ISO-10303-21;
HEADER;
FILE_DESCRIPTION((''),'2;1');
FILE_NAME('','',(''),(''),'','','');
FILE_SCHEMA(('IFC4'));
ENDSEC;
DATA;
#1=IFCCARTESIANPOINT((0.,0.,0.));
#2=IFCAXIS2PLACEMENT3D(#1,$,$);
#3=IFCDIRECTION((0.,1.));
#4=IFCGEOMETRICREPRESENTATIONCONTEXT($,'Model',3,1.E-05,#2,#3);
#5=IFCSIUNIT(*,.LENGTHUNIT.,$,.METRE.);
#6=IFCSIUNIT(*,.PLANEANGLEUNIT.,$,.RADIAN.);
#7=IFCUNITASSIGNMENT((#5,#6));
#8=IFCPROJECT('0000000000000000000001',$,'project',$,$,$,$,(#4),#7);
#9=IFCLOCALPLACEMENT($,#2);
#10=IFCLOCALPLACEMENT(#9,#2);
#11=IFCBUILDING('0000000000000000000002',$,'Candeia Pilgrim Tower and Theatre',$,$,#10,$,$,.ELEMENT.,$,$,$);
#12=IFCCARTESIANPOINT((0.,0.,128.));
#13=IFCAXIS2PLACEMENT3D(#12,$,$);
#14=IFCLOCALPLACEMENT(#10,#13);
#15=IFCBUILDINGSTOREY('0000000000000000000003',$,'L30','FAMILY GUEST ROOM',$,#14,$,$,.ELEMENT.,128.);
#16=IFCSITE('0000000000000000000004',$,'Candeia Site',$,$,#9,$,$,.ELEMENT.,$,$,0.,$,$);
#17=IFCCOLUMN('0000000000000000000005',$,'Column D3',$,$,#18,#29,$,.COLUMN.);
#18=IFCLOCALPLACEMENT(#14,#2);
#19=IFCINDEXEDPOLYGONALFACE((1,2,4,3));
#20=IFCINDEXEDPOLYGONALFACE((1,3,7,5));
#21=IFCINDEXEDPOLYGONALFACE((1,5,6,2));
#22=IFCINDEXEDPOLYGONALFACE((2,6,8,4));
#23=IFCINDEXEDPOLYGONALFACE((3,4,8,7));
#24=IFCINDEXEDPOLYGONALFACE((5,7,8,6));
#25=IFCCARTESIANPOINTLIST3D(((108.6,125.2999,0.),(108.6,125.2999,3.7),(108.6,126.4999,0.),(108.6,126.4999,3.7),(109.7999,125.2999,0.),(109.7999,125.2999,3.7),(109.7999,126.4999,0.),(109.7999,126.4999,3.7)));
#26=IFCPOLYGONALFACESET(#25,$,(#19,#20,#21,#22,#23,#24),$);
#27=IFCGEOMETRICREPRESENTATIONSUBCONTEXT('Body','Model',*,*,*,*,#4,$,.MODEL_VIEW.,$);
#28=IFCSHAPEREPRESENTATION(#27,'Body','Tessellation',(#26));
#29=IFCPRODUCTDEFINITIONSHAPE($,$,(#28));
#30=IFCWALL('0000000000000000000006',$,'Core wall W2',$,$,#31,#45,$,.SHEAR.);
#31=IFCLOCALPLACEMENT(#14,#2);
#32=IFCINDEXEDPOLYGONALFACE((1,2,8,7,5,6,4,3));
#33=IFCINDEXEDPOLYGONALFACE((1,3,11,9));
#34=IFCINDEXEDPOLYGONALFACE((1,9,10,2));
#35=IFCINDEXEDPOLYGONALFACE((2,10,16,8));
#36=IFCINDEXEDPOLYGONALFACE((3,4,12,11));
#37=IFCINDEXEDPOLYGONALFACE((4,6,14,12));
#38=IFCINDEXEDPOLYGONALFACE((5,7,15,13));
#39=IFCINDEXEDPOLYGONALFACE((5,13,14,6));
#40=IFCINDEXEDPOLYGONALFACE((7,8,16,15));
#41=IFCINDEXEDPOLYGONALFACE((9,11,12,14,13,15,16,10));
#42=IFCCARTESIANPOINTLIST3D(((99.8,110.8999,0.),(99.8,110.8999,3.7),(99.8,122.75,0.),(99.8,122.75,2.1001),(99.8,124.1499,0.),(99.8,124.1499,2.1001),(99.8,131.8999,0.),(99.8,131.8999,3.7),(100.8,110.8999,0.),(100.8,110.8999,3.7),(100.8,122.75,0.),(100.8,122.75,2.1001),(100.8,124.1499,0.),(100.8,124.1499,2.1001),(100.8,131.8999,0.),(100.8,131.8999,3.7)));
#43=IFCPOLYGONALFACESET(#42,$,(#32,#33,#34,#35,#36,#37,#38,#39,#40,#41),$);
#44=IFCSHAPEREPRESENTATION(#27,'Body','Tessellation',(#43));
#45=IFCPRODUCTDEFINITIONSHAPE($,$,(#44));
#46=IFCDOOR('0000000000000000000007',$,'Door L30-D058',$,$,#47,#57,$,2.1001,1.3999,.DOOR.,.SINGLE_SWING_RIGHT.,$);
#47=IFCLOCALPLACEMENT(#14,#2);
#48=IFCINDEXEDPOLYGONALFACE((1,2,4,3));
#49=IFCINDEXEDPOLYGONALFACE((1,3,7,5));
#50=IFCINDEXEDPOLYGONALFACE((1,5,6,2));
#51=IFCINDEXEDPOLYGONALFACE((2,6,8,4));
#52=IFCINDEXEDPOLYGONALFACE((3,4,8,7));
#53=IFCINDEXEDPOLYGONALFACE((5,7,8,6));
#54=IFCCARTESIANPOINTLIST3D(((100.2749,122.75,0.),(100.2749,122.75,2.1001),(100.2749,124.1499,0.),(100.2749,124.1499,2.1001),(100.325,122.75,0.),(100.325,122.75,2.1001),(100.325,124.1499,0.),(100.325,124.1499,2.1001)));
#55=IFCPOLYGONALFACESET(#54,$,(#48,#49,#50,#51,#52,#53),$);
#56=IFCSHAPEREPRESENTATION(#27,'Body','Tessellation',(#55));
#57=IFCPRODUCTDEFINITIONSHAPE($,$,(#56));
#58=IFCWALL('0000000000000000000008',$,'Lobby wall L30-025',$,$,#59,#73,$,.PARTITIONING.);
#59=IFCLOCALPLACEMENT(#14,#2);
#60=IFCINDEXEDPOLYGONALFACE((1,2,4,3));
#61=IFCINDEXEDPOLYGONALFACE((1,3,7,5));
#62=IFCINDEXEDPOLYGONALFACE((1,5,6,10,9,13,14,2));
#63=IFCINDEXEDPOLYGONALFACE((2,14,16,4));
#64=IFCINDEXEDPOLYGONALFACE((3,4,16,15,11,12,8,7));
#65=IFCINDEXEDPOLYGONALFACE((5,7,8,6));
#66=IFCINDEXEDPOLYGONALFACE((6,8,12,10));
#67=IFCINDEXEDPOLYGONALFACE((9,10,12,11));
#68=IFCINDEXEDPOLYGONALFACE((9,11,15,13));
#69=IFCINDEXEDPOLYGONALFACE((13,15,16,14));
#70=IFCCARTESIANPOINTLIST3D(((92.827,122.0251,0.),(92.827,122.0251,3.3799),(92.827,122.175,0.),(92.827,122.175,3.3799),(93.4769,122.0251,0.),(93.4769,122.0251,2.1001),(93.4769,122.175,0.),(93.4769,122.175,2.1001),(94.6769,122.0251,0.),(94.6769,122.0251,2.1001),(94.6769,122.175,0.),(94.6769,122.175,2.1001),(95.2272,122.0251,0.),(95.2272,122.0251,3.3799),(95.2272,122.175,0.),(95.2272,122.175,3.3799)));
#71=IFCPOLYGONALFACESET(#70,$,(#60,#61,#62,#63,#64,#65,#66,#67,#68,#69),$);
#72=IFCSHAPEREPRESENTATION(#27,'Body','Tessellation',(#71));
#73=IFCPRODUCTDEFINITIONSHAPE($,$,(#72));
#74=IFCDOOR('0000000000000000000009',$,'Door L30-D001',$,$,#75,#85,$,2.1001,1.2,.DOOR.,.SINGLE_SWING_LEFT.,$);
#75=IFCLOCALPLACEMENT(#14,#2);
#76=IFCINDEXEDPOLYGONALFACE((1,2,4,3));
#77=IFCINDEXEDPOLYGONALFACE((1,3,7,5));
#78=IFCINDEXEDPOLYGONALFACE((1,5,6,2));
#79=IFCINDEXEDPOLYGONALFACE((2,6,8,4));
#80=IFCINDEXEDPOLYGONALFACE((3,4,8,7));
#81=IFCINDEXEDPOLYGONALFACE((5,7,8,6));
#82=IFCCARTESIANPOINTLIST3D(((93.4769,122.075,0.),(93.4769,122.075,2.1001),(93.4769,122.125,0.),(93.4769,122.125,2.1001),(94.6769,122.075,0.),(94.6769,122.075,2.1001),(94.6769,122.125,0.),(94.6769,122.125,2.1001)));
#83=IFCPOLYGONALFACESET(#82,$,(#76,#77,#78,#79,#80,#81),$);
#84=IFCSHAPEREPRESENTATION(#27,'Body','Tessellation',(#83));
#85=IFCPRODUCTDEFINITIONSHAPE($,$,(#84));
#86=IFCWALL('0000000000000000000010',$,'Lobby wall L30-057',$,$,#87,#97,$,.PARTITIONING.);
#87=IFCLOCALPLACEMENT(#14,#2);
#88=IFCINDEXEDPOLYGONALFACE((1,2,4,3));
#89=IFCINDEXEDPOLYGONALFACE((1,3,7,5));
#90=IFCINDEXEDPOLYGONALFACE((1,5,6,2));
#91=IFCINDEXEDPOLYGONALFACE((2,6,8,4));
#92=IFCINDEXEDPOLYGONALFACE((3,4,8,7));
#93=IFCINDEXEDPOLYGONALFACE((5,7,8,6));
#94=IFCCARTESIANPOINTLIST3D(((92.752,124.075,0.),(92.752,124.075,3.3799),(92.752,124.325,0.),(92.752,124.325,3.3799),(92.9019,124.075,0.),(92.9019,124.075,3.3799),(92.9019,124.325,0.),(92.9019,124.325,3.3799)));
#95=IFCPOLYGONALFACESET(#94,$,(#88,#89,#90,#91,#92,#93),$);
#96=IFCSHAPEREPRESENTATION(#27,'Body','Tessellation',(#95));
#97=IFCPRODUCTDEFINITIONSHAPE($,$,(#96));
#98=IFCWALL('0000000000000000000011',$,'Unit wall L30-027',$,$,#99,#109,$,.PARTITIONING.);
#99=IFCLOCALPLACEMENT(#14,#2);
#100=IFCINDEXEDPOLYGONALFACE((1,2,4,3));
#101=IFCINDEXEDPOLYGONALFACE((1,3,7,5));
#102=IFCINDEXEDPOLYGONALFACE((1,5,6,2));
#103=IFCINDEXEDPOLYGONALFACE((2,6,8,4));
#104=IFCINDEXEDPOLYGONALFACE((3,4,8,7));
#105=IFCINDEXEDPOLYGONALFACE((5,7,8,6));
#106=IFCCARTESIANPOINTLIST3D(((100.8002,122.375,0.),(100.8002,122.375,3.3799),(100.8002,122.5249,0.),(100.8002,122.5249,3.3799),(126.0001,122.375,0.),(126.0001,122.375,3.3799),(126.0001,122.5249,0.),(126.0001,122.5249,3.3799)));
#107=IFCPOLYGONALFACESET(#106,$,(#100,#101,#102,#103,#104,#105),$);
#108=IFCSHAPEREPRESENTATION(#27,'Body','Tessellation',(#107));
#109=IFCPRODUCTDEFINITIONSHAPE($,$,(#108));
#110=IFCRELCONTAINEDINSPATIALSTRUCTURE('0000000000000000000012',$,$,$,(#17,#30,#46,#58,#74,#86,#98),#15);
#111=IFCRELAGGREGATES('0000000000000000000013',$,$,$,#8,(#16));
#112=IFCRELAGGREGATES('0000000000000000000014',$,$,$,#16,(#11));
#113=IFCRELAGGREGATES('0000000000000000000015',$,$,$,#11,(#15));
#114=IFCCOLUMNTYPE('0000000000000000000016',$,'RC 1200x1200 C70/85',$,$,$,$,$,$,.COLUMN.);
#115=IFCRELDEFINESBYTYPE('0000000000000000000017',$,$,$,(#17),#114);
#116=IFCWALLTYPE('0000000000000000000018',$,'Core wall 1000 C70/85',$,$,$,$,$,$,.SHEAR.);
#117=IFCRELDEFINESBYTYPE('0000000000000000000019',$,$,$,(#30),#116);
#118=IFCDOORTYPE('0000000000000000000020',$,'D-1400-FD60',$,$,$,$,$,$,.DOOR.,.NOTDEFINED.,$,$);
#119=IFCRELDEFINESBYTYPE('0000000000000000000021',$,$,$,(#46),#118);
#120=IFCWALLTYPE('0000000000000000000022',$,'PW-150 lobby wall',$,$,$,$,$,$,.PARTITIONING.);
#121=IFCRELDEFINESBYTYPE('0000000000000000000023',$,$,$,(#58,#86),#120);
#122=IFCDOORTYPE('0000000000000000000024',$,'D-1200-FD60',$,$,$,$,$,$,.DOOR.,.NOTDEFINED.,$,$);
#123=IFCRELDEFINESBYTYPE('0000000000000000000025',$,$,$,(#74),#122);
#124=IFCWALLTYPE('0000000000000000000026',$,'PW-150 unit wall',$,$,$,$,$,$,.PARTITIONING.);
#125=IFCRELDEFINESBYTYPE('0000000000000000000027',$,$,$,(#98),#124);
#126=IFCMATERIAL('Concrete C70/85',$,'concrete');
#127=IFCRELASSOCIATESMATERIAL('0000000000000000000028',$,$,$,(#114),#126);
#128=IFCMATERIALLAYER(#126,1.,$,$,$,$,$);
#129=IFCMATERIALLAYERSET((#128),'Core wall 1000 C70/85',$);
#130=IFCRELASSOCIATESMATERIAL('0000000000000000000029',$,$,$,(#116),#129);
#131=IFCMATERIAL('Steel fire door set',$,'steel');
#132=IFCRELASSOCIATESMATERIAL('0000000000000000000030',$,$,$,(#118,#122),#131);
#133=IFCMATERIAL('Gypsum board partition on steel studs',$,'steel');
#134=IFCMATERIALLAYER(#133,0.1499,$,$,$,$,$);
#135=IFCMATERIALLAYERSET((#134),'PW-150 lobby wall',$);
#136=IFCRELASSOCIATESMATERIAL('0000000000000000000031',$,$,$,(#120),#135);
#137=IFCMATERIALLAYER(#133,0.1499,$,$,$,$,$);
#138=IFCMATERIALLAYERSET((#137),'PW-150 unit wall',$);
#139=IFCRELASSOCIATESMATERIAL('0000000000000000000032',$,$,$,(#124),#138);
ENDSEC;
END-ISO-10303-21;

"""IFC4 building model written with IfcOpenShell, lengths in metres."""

from ifc_helpers import new_model, si_unit, direction, frame, frame_2d, origin, origin_2d, place, context, subcontext, project, spatial, rectangle, extrude, material, layer, layer_set, material_profile, profile_set, type_object, element, fill, save


model = new_model("IFC4")

# Units and contexts
model_context = context("Model", 3, precision=1e-05, world=origin(), true_north=direction((0.0, 1.0)))
body_context = subcontext(model_context, "Body", "Model", "MODEL_VIEW")
ifc_project = project(units=[si_unit("LENGTHUNIT", "METRE"), si_unit("PLANEANGLEUNIT", "RADIAN")], contexts=[model_context])

# Site, building, storey
site_placement = place(None, origin())
site = spatial("IfcSite", under=ifc_project, at=site_placement, Name="Candeia Site", CompositionType="ELEMENT", RefElevation=0.0)
building_placement = place(site_placement, origin())
building = spatial("IfcBuilding", under=site, at=building_placement, Name="Candeia Pilgrim Tower and Theatre", CompositionType="ELEMENT")
storey_placement = place(building_placement, frame((0.0, 0.0, 128.0)))
storey = spatial("IfcBuildingStorey", under=building, at=storey_placement, Name="L30", Description="FAMILY GUEST ROOM", CompositionType="ELEMENT", Elevation=128.0)

# Column
ifc_material_1 = material(Name="Concrete C70/85", Category="concrete")
ifc_material_profile = material_profile(ifc_material_1, rectangle(XDim=1.2, YDim=1.2, at=origin_2d()))
ifc_profile_set = profile_set([ifc_material_profile], Name="Concrete C70/85")
column_type = type_object("IfcColumnType", Name="RC 1200x1200 C70/85", PredefinedType="COLUMN", material=ifc_profile_set)
column_placement = place(storey_placement, frame((109.2, 125.8999, 0.0), z_axis=(0.0, 0.0, 1.0), x_axis=(1.0, 0.0, 0.0)))
element("IfcColumn", 1, at=column_placement, inside=storey, type_object=column_type, Name="Column D3", PredefinedType="COLUMN", context=body_context, shape_type="SweptSolid", body=[
    extrude(rectangle(XDim=1.2, YDim=1.2, at=origin_2d()), origin(), (0.0, 0.0, 1.0), 3.7),
])

# Walls, openings, doors
ifc_layer_1 = layer(ifc_material_1, 1.0)
ifc_layer_set_1 = layer_set([ifc_layer_1], Name="Core wall 1000 C70/85")
wall_type_1 = type_object("IfcWallType", Name="Core wall 1000 C70/85", PredefinedType="SHEAR", material=ifc_layer_set_1)
wall_1_placement = place(storey_placement, frame((100.3, 131.8999, 0.0), z_axis=(0.0, 0.0, 1.0), x_axis=(0.0, -1.0, 0.0)))
wall_1 = element("IfcWall", 2, at=wall_1_placement, inside=storey, type_object=wall_type_1, Name="Core wall W2", PredefinedType="SHEAR", context=body_context, shape_type="SweptSolid", body=[
    extrude(rectangle(XDim=21.0, YDim=1.0, at=frame_2d((10.5, 0.0))), origin(), (0.0, 0.0, 1.0), 3.7),
])
opening_1_placement = place(wall_1_placement, frame((7.75, 0.0, 0.0)))
opening_1 = element("IfcOpeningElement", 3, at=opening_1_placement, cuts=wall_1, PredefinedType="OPENING", context=body_context, shape_type="SweptSolid", body=[
    extrude(rectangle(XDim=1.3999, YDim=2.1001, at=frame_2d((0.7, 1.05))), frame((0.0, 0.51, 0.0), z_axis=(0.0, -1.0, 0.0), x_axis=(1.0, 0.0, 0.0)), (0.0, 0.0, 1.0), 1.02),
])
ifc_material_2 = material(Name="Steel fire door set", Category="steel")
door_type_1 = type_object("IfcDoorType", Name="D-1400-FD60", OperationType="NOTDEFINED", PredefinedType="DOOR", material=ifc_material_2)
door_1_placement = place(opening_1_placement, origin())
door_1 = element("IfcDoor", 4, at=door_1_placement, inside=storey, type_object=door_type_1, Name="Door L30-D058", OperationType="SINGLE_SWING_RIGHT", OverallHeight=2.1001, OverallWidth=1.3999, PredefinedType="DOOR", context=body_context, shape_type="SweptSolid", body=[
    extrude(rectangle(XDim=1.3999, YDim=2.1001, at=frame_2d((0.7, 1.05))), frame((0.0, 0.0249, 0.0), z_axis=(0.0, -1.0, 0.0), x_axis=(1.0, 0.0, 0.0)), (0.0, 0.0, 1.0), 0.05),
])
fill(opening_1, door_1)
ifc_material_3 = material(Name="Gypsum board partition on steel studs", Category="steel")
ifc_layer_2 = layer(ifc_material_3, 0.1499)
ifc_layer_set_2 = layer_set([ifc_layer_2], Name="PW-150 lobby wall")
wall_type_2 = type_object("IfcWallType", Name="PW-150 lobby wall", PredefinedType="PARTITIONING", material=ifc_layer_set_2)
wall_2_placement = place(storey_placement, frame((92.8269, 122.1001, 0.0), z_axis=(0.0, 0.0, 1.0), x_axis=(1.0, 0.0, 0.0)))
wall_2 = element("IfcWall", 5, at=wall_2_placement, inside=storey, type_object=wall_type_2, Name="Lobby wall L30-025", PredefinedType="PARTITIONING", context=body_context, shape_type="SweptSolid", body=[
    extrude(rectangle(XDim=2.4001, YDim=0.1499, at=frame_2d((1.2002, 0.0))), origin(), (0.0, 0.0, 1.0), 3.3799),
])
opening_2_placement = place(wall_2_placement, frame((0.6499, 0.0, 0.0)))
opening_2 = element("IfcOpeningElement", 6, at=opening_2_placement, cuts=wall_2, PredefinedType="OPENING", context=body_context, shape_type="SweptSolid", body=[
    extrude(rectangle(XDim=1.2, YDim=2.1001, at=frame_2d((0.6001, 1.05))), frame((0.0, 0.085, 0.0), z_axis=(0.0, -1.0, 0.0), x_axis=(1.0, 0.0, 0.0)), (0.0, 0.0, 1.0), 0.1699),
])
door_type_2 = type_object("IfcDoorType", Name="D-1200-FD60", OperationType="NOTDEFINED", PredefinedType="DOOR", material=ifc_material_2)
door_2_placement = place(opening_2_placement, origin())
door_2 = element("IfcDoor", 7, at=door_2_placement, inside=storey, type_object=door_type_2, Name="Door L30-D001", OperationType="SINGLE_SWING_LEFT", OverallHeight=2.1001, OverallWidth=1.2, PredefinedType="DOOR", context=body_context, shape_type="SweptSolid", body=[
    extrude(rectangle(XDim=1.2, YDim=2.1001, at=frame_2d((0.6001, 1.05))), frame((0.0, 0.0249, 0.0), z_axis=(0.0, -1.0, 0.0), x_axis=(1.0, 0.0, 0.0)), (0.0, 0.0, 1.0), 0.05),
])
fill(opening_2, door_2)

# Walls
wall_3_placement = place(storey_placement, frame((92.8269, 124.075, 0.0), z_axis=(0.0, 0.0, 1.0), x_axis=(0.0, 1.0, 0.0)))
element("IfcWall", 8, at=wall_3_placement, inside=storey, type_object=wall_type_2, Name="Lobby wall L30-057", PredefinedType="PARTITIONING", context=body_context, shape_type="SweptSolid", body=[
    extrude(rectangle(XDim=0.25, YDim=0.1499, at=frame_2d((0.125, 0.0))), origin(), (0.0, 0.0, 1.0), 3.3799),
])
ifc_layer_3 = layer(ifc_material_3, 0.1499)
ifc_layer_set_3 = layer_set([ifc_layer_3], Name="PW-150 unit wall")
wall_type_3 = type_object("IfcWallType", Name="PW-150 unit wall", PredefinedType="PARTITIONING", material=ifc_layer_set_3)
wall_4_placement = place(storey_placement, frame((100.8, 122.45, 0.0), z_axis=(0.0, 0.0, 1.0), x_axis=(1.0, 0.0, 0.0)))
element("IfcWall", 9, at=wall_4_placement, inside=storey, type_object=wall_type_3, Name="Unit wall L30-027", PredefinedType="PARTITIONING", context=body_context, shape_type="SweptSolid", body=[
    extrude(rectangle(XDim=25.2, YDim=0.1499, at=frame_2d((12.6001, 0.0))), origin(), (0.0, 0.0, 1.0), 3.3799),
])

save(model, "model.ifc")
